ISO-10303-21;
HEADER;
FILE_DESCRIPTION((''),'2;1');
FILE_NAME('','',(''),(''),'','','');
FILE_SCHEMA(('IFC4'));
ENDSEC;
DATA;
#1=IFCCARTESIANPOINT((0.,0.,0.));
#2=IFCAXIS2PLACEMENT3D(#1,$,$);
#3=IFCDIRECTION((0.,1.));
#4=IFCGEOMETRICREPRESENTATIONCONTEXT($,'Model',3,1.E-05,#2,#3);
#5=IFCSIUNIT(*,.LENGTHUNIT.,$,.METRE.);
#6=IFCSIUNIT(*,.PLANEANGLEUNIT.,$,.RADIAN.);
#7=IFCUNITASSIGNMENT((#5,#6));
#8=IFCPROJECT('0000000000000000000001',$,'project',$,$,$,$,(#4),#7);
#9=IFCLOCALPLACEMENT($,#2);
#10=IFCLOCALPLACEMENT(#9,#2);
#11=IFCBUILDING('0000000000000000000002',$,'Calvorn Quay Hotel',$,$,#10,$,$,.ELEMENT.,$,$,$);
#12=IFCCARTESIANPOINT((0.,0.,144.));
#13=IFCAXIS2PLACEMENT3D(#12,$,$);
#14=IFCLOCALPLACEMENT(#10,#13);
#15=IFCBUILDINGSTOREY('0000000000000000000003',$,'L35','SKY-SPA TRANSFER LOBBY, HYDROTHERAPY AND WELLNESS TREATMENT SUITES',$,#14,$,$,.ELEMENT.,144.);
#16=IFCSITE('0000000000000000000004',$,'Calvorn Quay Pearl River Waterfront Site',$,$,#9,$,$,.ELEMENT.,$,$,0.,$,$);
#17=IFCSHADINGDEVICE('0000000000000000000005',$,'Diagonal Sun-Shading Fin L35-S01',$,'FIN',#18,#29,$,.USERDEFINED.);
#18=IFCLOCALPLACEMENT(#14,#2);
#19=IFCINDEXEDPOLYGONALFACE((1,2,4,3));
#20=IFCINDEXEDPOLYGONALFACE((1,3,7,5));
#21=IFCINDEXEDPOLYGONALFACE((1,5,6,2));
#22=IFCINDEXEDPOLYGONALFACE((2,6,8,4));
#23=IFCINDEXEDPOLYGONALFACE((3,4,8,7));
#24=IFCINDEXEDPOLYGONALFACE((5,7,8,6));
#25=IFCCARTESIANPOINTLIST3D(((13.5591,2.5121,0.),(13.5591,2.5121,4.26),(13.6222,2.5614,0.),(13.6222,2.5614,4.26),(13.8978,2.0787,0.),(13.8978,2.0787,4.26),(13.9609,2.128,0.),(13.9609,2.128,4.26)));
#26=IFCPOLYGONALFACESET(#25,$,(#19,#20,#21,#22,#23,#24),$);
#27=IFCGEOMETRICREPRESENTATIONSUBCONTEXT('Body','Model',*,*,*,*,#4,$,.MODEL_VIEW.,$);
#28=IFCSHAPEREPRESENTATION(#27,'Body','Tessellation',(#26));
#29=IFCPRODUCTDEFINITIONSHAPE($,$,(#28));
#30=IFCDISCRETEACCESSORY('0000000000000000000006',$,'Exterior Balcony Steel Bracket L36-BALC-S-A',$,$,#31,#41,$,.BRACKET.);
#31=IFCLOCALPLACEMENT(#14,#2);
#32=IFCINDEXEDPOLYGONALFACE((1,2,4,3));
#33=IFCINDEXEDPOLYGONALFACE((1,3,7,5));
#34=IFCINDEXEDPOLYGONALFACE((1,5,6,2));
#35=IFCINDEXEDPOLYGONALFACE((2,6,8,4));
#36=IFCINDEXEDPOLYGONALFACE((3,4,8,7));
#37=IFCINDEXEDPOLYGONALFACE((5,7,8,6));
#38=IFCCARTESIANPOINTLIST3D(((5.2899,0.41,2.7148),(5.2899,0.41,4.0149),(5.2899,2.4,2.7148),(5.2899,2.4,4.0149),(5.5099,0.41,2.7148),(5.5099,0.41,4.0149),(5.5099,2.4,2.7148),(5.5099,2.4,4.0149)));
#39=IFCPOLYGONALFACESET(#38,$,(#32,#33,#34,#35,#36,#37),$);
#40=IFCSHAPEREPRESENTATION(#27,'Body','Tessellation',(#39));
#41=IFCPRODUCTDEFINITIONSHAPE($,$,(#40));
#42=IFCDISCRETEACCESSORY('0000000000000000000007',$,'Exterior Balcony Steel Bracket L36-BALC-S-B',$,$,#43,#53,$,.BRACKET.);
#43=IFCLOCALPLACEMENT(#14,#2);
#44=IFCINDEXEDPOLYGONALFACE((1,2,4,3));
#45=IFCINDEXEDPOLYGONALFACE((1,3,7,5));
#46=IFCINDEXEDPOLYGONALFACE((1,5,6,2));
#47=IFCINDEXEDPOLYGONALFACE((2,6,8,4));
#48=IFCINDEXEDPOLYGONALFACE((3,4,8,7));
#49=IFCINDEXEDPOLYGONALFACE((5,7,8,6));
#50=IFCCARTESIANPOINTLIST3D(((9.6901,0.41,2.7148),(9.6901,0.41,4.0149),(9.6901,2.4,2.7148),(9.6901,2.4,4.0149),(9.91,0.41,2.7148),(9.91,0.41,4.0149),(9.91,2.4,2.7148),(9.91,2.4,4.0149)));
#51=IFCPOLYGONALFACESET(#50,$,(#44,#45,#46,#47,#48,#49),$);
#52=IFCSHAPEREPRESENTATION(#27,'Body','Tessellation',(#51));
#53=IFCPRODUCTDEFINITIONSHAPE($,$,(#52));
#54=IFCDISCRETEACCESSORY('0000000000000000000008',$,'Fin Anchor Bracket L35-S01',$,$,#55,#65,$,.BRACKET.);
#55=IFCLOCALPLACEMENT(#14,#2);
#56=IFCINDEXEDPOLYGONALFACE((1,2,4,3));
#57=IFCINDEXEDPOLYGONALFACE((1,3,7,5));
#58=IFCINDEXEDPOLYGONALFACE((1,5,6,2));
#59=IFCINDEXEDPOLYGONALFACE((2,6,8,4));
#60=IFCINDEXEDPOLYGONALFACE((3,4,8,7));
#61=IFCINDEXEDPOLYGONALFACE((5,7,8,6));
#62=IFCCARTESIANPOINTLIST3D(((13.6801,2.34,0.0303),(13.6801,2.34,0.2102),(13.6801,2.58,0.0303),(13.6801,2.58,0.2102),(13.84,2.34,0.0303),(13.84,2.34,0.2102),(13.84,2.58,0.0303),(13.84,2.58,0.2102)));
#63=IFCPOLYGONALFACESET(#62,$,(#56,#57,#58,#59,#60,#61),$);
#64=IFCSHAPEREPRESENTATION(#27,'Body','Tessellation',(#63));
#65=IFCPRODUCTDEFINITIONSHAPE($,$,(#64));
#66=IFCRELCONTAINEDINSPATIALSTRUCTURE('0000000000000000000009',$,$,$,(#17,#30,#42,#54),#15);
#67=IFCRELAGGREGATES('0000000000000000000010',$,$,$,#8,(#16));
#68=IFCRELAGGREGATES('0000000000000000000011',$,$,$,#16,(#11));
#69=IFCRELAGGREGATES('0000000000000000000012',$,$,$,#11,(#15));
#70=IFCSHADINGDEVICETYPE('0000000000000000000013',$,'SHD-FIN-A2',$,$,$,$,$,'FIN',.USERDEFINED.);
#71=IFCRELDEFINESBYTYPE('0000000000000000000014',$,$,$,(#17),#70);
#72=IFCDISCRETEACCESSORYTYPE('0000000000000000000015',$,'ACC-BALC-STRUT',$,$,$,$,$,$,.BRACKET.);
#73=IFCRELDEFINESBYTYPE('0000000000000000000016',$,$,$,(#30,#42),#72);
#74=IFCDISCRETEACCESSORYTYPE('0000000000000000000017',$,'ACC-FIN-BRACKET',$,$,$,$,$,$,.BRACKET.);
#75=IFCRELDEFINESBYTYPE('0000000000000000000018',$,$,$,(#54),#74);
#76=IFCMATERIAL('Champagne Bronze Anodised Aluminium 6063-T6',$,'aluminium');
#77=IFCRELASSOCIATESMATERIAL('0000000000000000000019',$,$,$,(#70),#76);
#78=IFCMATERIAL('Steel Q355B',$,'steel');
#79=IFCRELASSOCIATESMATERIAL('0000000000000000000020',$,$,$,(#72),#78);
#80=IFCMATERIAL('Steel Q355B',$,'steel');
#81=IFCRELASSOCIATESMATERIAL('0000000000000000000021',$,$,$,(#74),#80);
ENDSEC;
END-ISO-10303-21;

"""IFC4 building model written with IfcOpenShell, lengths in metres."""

from ifc_helpers import new_model, si_unit, direction, frame, origin, origin_2d, place, context, subcontext, project, spatial, rectangle, extrude, material, type_object, element, save


model = new_model("IFC4")

# Units and contexts
model_context = context("Model", 3, precision=1e-05, world=origin(), true_north=direction((0.0, 1.0)))
body_context = subcontext(model_context, "Body", "Model", "MODEL_VIEW")
ifc_project = project(units=[si_unit("LENGTHUNIT", "METRE"), si_unit("PLANEANGLEUNIT", "RADIAN")], contexts=[model_context])

# Site, building, storey
site_placement = place(None, origin())
site = spatial("IfcSite", under=ifc_project, at=site_placement, Name="Calvorn Quay Pearl River Waterfront Site", CompositionType="ELEMENT", RefElevation=0.0)
building_placement = place(site_placement, origin())
building = spatial("IfcBuilding", under=site, at=building_placement, Name="Calvorn Quay Hotel", CompositionType="ELEMENT")
storey_placement = place(building_placement, frame((0.0, 0.0, 144.0)))
storey = spatial("IfcBuildingStorey", under=building, at=storey_placement, Name="L35", Description="SKY-SPA TRANSFER LOBBY, HYDROTHERAPY AND WELLNESS TREATMENT SUITES", CompositionType="ELEMENT", Elevation=144.0)

# Shading device
ifc_material_1 = material(Name="Champagne Bronze Anodised Aluminium 6063-T6", Category="aluminium")
shading_device_type = type_object("IfcShadingDeviceType", Name="SHD-FIN-A2", ElementType="FIN", PredefinedType="USERDEFINED", material=ifc_material_1)
shading_device_placement = place(storey_placement, frame((13.76, 2.3201, 0.0), z_axis=(0.0, 0.0, 1.0), x_axis=(-0.615661, 0.788011, 0.0)))
element("IfcShadingDevice", 1, at=shading_device_placement, inside=storey, type_object=shading_device_type, Name="Diagonal Sun-Shading Fin L35-S01", ObjectType="FIN", PredefinedType="USERDEFINED", context=body_context, shape_type="SweptSolid", body=[
    extrude(rectangle(XDim=0.55, YDim=0.0801, at=origin_2d()), origin(), (0.0, 0.0, 1.0), 4.26),
])

# Discrete accessories
ifc_material_2 = material(Name="Steel Q355B", Category="steel")
discrete_accessory_type_1 = type_object("IfcDiscreteAccessoryType", Name="ACC-BALC-STRUT", PredefinedType="BRACKET", material=ifc_material_2)
for number, where, z_axis, x_axis, name in (
    (2, (5.3999, 1.405, 2.7148), (0.0, 0.0, 1.0), (1.0, 0.0, 0.0), "Exterior Balcony Steel Bracket L36-BALC-S-A"),
    (3, (9.8, 1.405, 2.7148), (0.0, 0.0, 1.0), (1.0, 0.0, 0.0), "Exterior Balcony Steel Bracket L36-BALC-S-B"),
):
    element("IfcDiscreteAccessory", number, at=place(storey_placement, frame(where, z_axis=z_axis, x_axis=x_axis)), inside=storey, type_object=discrete_accessory_type_1, Name=name, PredefinedType="BRACKET", context=body_context, shape_type="SweptSolid", body=[
        extrude(rectangle(XDim=0.22, YDim=1.99, at=origin_2d()), origin(), (0.0, 0.0, 1.0), 1.3),
    ])
ifc_material_3 = material(Name="Steel Q355B", Category="steel")
discrete_accessory_type_2 = type_object("IfcDiscreteAccessoryType", Name="ACC-FIN-BRACKET", PredefinedType="BRACKET", material=ifc_material_3)
discrete_accessory_placement = place(storey_placement, frame((13.76, 2.46, 0.0303), z_axis=(0.0, 0.0, 1.0), x_axis=(0.0, 1.0, 0.0)))
element("IfcDiscreteAccessory", 4, at=discrete_accessory_placement, inside=storey, type_object=discrete_accessory_type_2, Name="Fin Anchor Bracket L35-S01", PredefinedType="BRACKET", context=body_context, shape_type="SweptSolid", body=[
    extrude(rectangle(XDim=0.24, YDim=0.1599, at=origin_2d()), origin(), (0.0, 0.0, 1.0), 0.1799),
])

save(model, "model.ifc")
